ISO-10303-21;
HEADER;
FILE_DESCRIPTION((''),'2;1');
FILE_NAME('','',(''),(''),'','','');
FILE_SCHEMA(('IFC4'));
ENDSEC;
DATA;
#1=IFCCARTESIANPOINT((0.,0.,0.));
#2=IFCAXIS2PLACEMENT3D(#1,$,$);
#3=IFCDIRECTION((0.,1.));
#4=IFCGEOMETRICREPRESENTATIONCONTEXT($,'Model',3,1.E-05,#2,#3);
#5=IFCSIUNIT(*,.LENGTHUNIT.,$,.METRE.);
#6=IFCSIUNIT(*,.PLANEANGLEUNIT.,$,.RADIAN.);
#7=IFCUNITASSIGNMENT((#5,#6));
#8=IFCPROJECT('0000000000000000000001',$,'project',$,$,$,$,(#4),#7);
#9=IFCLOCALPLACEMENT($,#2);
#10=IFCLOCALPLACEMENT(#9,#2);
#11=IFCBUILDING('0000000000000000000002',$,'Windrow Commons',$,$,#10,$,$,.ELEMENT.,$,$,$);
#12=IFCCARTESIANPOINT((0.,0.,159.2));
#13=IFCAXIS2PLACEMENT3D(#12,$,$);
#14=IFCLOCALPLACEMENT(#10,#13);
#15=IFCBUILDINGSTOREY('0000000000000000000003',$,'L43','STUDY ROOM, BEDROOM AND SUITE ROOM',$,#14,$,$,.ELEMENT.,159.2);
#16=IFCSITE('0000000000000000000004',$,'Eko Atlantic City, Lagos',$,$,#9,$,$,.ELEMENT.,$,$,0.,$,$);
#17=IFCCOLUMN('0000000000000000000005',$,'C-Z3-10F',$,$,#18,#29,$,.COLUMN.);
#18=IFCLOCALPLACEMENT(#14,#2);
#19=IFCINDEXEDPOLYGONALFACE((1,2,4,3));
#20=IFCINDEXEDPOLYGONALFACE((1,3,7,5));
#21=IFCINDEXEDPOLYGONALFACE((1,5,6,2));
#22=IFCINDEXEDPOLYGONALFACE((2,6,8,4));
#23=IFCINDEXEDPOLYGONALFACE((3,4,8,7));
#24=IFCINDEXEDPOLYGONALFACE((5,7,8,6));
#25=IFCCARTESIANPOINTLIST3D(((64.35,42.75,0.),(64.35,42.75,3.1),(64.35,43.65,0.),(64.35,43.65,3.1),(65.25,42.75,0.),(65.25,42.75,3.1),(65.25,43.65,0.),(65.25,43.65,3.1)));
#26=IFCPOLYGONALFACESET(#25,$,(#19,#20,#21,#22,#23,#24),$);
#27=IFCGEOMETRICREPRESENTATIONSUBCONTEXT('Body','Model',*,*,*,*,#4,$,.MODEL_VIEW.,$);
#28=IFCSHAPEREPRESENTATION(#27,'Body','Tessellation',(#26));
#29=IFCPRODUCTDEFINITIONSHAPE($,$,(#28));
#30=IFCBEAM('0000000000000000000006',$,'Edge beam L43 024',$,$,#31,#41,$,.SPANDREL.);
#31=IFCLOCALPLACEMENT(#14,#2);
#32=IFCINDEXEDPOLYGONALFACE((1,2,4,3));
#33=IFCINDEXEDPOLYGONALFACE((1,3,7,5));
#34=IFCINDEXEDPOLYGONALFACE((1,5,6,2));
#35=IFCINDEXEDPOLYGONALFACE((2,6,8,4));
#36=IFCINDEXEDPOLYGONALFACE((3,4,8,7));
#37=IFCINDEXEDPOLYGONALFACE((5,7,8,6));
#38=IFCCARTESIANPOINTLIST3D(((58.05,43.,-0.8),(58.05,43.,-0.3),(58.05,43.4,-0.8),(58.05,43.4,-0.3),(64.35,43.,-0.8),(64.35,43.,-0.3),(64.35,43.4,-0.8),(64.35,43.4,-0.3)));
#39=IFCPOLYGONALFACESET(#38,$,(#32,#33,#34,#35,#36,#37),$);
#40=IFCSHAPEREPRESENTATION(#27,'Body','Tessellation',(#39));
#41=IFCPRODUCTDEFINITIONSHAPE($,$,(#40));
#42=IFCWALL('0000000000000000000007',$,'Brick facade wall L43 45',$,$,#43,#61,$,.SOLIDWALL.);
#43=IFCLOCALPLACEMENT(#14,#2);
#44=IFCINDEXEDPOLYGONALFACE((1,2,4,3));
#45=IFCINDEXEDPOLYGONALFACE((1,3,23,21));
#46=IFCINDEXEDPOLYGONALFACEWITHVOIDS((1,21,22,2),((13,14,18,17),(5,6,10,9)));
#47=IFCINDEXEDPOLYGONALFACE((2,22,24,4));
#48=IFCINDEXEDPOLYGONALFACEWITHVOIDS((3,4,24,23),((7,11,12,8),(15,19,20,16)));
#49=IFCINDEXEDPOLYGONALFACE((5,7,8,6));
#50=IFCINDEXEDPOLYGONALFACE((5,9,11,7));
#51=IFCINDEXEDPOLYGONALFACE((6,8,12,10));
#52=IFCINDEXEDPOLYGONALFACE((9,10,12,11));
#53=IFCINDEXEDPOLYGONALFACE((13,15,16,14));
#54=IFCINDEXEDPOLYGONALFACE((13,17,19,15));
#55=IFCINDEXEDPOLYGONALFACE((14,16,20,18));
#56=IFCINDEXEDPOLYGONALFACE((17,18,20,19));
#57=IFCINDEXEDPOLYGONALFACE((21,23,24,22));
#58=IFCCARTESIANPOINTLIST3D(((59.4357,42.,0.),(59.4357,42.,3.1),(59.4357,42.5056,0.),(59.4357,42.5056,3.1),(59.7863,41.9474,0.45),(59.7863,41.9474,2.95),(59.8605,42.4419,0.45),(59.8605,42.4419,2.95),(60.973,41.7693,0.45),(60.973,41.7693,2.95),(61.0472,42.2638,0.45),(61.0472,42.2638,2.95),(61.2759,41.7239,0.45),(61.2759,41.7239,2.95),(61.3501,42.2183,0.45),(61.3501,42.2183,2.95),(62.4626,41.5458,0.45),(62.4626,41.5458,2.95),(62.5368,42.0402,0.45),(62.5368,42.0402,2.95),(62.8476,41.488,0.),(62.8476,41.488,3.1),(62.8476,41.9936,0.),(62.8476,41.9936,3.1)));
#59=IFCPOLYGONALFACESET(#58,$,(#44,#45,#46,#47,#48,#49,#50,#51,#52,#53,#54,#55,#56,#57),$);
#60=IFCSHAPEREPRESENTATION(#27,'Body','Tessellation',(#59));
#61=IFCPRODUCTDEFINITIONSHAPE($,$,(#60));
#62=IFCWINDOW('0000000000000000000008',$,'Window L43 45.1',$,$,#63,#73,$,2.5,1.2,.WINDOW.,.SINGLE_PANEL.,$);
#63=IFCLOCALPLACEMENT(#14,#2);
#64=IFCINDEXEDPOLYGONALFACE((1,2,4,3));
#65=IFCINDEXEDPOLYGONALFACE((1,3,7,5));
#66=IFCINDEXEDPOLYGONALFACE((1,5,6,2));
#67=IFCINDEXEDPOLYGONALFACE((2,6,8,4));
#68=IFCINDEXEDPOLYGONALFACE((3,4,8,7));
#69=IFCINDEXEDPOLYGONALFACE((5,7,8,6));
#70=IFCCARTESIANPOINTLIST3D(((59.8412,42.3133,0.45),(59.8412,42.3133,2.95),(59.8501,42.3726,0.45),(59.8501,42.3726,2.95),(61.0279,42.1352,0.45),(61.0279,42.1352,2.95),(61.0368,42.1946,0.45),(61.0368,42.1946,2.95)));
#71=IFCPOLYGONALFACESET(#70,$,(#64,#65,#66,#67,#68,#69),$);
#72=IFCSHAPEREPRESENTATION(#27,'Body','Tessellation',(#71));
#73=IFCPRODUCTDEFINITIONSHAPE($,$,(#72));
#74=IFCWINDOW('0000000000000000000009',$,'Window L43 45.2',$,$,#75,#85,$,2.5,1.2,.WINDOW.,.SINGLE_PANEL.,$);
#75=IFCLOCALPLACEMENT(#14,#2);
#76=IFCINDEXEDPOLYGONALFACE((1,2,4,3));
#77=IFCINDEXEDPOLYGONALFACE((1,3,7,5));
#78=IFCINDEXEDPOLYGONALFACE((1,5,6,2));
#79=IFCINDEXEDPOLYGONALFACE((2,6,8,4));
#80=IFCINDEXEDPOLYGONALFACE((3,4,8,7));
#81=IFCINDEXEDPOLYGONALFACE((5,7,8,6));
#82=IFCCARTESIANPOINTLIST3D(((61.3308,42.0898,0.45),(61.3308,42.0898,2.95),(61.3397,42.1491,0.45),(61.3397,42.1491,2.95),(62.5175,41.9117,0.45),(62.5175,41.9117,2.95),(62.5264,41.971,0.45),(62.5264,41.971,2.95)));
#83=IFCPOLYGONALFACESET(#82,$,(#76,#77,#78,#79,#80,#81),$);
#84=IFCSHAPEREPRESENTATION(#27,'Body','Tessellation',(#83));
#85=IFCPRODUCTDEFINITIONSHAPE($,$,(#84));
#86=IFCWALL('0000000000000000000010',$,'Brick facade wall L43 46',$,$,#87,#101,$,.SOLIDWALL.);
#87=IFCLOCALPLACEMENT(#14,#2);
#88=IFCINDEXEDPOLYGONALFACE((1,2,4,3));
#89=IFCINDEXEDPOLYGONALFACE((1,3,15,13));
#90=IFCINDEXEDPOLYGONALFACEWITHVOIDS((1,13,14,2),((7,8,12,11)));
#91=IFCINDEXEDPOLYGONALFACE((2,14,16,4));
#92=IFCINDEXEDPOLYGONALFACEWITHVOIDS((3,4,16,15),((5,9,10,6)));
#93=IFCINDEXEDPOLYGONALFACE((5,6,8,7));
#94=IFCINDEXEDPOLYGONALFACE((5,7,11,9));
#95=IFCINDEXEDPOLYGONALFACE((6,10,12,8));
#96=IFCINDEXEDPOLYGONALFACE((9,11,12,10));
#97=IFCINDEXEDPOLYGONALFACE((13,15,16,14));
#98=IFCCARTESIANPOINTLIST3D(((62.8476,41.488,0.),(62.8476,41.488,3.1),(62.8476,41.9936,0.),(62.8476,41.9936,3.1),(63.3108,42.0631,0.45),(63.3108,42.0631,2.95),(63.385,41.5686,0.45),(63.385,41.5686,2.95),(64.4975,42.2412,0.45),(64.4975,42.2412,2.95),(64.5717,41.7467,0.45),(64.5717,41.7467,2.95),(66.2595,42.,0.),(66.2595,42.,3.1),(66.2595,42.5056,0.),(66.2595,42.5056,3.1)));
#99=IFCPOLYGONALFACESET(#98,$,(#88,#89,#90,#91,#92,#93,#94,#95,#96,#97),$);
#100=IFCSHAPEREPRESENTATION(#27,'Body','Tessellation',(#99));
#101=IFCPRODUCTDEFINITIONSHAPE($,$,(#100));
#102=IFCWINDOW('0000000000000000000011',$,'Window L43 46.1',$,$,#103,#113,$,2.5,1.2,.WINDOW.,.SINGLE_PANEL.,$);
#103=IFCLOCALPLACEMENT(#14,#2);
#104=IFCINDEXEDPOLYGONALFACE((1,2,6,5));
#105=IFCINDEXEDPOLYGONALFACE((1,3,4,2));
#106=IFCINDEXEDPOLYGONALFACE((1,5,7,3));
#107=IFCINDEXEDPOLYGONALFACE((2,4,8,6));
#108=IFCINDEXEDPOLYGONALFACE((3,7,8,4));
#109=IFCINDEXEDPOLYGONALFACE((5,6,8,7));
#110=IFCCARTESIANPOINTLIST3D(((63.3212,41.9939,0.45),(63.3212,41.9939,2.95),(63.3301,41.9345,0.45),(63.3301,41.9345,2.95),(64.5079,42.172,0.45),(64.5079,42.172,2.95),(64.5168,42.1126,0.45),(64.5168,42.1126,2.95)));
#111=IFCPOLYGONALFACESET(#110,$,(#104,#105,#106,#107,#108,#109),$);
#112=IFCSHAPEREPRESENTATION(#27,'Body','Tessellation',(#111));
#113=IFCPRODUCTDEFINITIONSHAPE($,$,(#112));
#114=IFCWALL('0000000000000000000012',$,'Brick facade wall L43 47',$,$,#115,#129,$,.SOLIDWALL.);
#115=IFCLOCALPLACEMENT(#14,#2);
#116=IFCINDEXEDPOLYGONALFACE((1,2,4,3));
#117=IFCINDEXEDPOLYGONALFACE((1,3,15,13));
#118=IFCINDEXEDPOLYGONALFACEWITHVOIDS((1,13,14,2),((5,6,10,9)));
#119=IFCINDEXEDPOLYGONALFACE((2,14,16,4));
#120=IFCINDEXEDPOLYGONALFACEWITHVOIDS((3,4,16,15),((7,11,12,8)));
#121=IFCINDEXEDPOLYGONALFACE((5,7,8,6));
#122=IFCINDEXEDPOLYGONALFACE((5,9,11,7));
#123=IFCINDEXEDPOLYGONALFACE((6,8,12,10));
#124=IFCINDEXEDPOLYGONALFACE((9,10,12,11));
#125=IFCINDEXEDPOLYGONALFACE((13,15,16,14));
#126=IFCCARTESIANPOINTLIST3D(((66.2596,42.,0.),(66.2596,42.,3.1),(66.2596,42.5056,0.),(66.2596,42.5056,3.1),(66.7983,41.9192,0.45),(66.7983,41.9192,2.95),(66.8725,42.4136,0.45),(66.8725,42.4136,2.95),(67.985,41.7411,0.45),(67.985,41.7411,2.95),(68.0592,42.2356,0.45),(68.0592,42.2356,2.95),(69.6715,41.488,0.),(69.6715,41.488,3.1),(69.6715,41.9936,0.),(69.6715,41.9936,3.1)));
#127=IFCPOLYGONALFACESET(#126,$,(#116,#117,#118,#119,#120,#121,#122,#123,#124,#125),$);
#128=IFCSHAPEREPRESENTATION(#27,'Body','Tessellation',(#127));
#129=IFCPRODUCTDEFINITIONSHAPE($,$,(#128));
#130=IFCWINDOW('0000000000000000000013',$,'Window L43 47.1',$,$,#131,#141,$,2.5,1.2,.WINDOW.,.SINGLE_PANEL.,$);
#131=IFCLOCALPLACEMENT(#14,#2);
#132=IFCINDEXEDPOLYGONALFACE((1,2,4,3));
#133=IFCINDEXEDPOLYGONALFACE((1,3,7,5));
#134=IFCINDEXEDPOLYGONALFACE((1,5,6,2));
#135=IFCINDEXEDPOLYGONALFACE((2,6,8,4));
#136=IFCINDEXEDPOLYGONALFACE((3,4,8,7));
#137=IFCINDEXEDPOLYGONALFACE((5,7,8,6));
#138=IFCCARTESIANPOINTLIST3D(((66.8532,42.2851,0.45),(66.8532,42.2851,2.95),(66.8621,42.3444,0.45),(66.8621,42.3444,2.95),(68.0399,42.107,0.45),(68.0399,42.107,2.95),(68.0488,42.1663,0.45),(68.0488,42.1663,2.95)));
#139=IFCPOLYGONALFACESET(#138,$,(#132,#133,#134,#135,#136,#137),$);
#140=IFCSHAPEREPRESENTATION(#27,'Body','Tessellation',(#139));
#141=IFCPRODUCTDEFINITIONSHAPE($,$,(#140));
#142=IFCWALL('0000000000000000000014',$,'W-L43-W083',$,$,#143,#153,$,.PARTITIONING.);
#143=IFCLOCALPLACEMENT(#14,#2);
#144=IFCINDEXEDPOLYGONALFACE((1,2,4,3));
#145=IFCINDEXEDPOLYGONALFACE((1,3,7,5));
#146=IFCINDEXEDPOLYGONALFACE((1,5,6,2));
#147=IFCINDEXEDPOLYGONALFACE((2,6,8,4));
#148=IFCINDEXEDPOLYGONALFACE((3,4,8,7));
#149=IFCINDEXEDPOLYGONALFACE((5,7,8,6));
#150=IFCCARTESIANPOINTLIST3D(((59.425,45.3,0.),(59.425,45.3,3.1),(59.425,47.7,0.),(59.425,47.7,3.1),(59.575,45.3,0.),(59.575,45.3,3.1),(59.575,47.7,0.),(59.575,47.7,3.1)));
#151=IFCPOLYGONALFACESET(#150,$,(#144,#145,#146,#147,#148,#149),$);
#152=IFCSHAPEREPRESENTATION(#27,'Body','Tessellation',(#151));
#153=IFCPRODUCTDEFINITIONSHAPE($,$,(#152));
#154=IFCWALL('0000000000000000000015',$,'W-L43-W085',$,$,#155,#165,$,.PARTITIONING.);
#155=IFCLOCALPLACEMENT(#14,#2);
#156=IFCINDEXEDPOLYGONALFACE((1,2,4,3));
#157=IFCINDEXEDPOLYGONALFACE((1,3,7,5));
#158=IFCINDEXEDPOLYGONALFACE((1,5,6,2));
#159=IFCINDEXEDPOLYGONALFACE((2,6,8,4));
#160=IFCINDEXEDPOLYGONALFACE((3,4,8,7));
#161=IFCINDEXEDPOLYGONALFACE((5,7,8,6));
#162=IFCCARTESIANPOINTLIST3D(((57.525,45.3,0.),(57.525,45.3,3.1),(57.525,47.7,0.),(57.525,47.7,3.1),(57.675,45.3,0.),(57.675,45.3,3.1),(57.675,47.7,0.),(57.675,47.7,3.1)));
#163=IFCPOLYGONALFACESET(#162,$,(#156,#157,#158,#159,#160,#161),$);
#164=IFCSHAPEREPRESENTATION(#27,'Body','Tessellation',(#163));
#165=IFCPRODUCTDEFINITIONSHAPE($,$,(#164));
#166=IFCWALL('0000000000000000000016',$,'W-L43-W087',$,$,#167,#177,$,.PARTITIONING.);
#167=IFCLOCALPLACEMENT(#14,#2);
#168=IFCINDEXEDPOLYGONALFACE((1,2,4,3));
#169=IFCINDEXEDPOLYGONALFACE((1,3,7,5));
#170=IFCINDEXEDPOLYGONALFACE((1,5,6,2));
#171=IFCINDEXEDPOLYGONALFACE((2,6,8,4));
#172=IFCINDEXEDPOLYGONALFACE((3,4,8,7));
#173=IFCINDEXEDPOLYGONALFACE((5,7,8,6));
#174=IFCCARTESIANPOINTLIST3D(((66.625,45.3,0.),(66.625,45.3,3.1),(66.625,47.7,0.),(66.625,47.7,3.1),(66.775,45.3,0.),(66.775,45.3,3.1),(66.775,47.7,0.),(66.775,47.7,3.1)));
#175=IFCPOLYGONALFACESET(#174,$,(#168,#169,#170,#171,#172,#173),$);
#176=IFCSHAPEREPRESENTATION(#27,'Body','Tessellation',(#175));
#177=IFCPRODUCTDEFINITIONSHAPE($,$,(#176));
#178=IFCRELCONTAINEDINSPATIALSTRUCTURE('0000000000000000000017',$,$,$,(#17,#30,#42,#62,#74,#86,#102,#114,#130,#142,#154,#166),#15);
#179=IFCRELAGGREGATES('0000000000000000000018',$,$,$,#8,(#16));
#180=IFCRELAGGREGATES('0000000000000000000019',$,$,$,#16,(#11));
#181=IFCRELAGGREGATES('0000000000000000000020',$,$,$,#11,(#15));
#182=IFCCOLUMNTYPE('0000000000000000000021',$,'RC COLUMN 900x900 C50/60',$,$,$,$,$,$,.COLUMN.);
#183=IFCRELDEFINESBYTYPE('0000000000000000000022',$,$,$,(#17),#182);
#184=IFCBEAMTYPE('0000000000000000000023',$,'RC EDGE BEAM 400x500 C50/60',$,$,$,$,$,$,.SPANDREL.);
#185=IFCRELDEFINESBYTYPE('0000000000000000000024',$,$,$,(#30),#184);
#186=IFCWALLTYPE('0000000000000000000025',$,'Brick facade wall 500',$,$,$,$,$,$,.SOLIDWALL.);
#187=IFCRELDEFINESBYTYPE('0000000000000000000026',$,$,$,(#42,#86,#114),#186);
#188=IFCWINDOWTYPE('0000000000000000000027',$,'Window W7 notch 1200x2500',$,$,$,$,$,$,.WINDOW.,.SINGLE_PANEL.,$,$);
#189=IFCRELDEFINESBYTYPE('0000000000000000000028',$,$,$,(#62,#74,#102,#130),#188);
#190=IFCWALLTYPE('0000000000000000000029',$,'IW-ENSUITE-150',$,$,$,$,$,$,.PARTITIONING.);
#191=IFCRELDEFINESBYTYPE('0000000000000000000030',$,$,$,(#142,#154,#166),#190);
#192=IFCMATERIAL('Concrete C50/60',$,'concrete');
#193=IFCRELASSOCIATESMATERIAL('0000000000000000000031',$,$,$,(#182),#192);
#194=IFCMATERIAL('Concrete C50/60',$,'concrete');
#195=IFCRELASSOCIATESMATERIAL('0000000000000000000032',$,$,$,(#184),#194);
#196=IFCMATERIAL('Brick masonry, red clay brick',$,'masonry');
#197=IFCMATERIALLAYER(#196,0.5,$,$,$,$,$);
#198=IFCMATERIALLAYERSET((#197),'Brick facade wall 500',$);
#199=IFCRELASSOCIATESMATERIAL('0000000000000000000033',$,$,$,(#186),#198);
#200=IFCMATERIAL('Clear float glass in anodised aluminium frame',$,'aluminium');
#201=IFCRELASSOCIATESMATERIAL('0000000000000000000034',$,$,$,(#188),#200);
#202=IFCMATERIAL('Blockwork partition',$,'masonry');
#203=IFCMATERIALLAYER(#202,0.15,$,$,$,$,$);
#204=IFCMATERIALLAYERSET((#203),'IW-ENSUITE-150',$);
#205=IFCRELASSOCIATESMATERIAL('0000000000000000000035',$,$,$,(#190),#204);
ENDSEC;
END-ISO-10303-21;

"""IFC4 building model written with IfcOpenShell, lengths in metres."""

from ifc_helpers import new_model, si_unit, direction, frame, frame_2d, origin, origin_2d, place, context, subcontext, project, spatial, polyline, rectangle, outline, extrude, material, layer, layer_set, material_profile, profile_set, type_object, element, fill, save


model = new_model("IFC4")

# Units and contexts
model_context = context("Model", 3, precision=1e-05, world=origin(), true_north=direction((0.0, 1.0)))
body_context = subcontext(model_context, "Body", "Model", "MODEL_VIEW")
ifc_project = project(units=[si_unit("LENGTHUNIT", "METRE"), si_unit("PLANEANGLEUNIT", "RADIAN")], contexts=[model_context])

# Site, building, storey
site_placement = place(None, origin())
site = spatial("IfcSite", under=ifc_project, at=site_placement, Name="Eko Atlantic City, Lagos", CompositionType="ELEMENT", RefElevation=0.0)
building_placement = place(site_placement, origin())
building = spatial("IfcBuilding", under=site, at=building_placement, Name="Windrow Commons", CompositionType="ELEMENT")
storey_placement = place(building_placement, frame((0.0, 0.0, 159.2)))
storey = spatial("IfcBuildingStorey", under=building, at=storey_placement, Name="L43", Description="STUDY ROOM, BEDROOM AND SUITE ROOM", CompositionType="ELEMENT", Elevation=159.2)

# Column
ifc_material_1 = material(Name="Concrete C50/60", Category="concrete")
ifc_material_profile_1 = material_profile(ifc_material_1, rectangle(XDim=0.9, YDim=0.9, at=origin_2d()))
ifc_profile_set_1 = profile_set([ifc_material_profile_1], Name="Concrete C50/60")
column_type = type_object("IfcColumnType", Name="RC COLUMN 900x900 C50/60", PredefinedType="COLUMN", material=ifc_profile_set_1)
column_placement = place(storey_placement, frame((64.8, 43.2, 0.0), z_axis=(0.0, 0.0, 1.0), x_axis=(1.0, 0.0, 0.0)))
element("IfcColumn", 1, at=column_placement, inside=storey, type_object=column_type, Name="C-Z3-10F", PredefinedType="COLUMN", context=body_context, shape_type="SweptSolid", body=[
    extrude(rectangle(XDim=0.9, YDim=0.9, at=origin_2d()), origin(), (0.0, 0.0, 1.0), 3.1),
])

# Beam
ifc_material_2 = material(Name="Concrete C50/60", Category="concrete")
ifc_material_profile_2 = material_profile(ifc_material_2, rectangle(XDim=0.4, YDim=0.5, at=origin_2d()))
ifc_profile_set_2 = profile_set([ifc_material_profile_2], Name="Concrete C50/60")
beam_type = type_object("IfcBeamType", Name="RC EDGE BEAM 400x500 C50/60", PredefinedType="SPANDREL", material=ifc_profile_set_2)
beam_placement = place(storey_placement, frame((64.35, 43.2, -0.55), z_axis=(-1.0, 0.0, 0.0), x_axis=(0.0, -1.0, 0.0)))
element("IfcBeam", 2, at=beam_placement, inside=storey, type_object=beam_type, Name="Edge beam L43 024", PredefinedType="SPANDREL", context=body_context, shape_type="SweptSolid", body=[
    extrude(rectangle(XDim=0.4, YDim=0.5, at=origin_2d()), origin(), (0.0, 0.0, 1.0), 6.3),
])

# Wall, openings, windows
ifc_material_3 = material(Name="Brick masonry, red clay brick", Category="masonry")
ifc_layer_1 = layer(ifc_material_3, 0.5)
ifc_layer_set_1 = layer_set([ifc_layer_1], Name="Brick facade wall 500")
wall_type_1 = type_object("IfcWallType", Name="Brick facade wall 500", PredefinedType="SOLIDWALL", material=ifc_layer_set_1)
wall_1_placement = place(storey_placement, frame((59.4357, 42.2528, 0.0), z_axis=(0.0, 0.0, 1.0), x_axis=(0.988927, -0.148401, 0.0)))
wall_1 = element("IfcWall", 3, at=wall_1_placement, inside=storey, type_object=wall_type_1, Name="Brick facade wall L43 45", PredefinedType="SOLIDWALL", context=body_context, shape_type="SweptSolid", body=[
    extrude(outline(polyline([(0.0375, -0.25), (3.4876, -0.25), (3.4126, 0.25), (-0.0375, 0.25), (0.0375, -0.25)])), origin(), (0.0, 0.0, 1.0), 3.1),
])
opening_1_placement = place(wall_1_placement, frame((0.392, 0.0, 0.45)))
opening_1 = element("IfcOpeningElement", 4, at=opening_1_placement, cuts=wall_1, PredefinedType="OPENING", context=body_context, shape_type="SweptSolid", body=[
    extrude(rectangle(XDim=1.2, YDim=2.5, at=frame_2d((0.6, 1.25))), frame((0.0, 0.26, 0.0), z_axis=(0.0, -1.0, 0.0), x_axis=(1.0, 0.0, 0.0)), (0.0, 0.0, 1.0), 0.52),
])
opening_2_placement = place(wall_1_placement, frame((1.8983, 0.0, 0.45)))
opening_2 = element("IfcOpeningElement", 5, at=opening_2_placement, cuts=wall_1, PredefinedType="OPENING", context=body_context, shape_type="SweptSolid", body=[
    extrude(rectangle(XDim=1.2, YDim=2.5, at=frame_2d((0.6, 1.25))), frame((0.0, 0.26, 0.0), z_axis=(0.0, -1.0, 0.0), x_axis=(1.0, 0.0, 0.0)), (0.0, 0.0, 1.0), 0.52),
])
ifc_material_4 = material(Name="Clear float glass in anodised aluminium frame", Category="aluminium")
window_type = type_object("IfcWindowType", Name="Window W7 notch 1200x2500", PartitioningType="SINGLE_PANEL", PredefinedType="WINDOW", material=ifc_material_4)
window_1_placement = place(opening_1_placement, origin())
window_1 = element("IfcWindow", 6, at=window_1_placement, inside=storey, type_object=window_type, Name="Window L43 45.1", OverallHeight=2.5, OverallWidth=1.2, PartitioningType="SINGLE_PANEL", PredefinedType="WINDOW", context=body_context, shape_type="SweptSolid", body=[
    extrude(rectangle(XDim=1.2, YDim=2.5, at=frame_2d((0.6, 1.25))), frame((0.0, 0.18, 0.0), z_axis=(0.0, -1.0, 0.0), x_axis=(1.0, 0.0, 0.0)), (0.0, 0.0, 1.0), 0.06),
])
fill(opening_1, window_1)
window_2_placement = place(opening_2_placement, origin())
window_2 = element("IfcWindow", 7, at=window_2_placement, inside=storey, type_object=window_type, Name="Window L43 45.2", OverallHeight=2.5, OverallWidth=1.2, PartitioningType="SINGLE_PANEL", PredefinedType="WINDOW", context=body_context, shape_type="SweptSolid", body=[
    extrude(rectangle(XDim=1.2, YDim=2.5, at=frame_2d((0.6, 1.25))), frame((0.0, 0.18, 0.0), z_axis=(0.0, -1.0, 0.0), x_axis=(1.0, 0.0, 0.0)), (0.0, 0.0, 1.0), 0.06),
])
fill(opening_2, window_2)

# Walls, openings, windows
wall_2_placement = place(storey_placement, frame((62.8476, 41.7408, 0.0), z_axis=(0.0, 0.0, 1.0), x_axis=(0.988928, 0.148397, 0.0)))
wall_2 = element("IfcWall", 8, at=wall_2_placement, inside=storey, type_object=wall_type_1, Name="Brick facade wall L43 46", PredefinedType="SOLIDWALL", context=body_context, shape_type="SweptSolid", body=[
    extrude(outline(polyline([(-0.0375, -0.25), (3.4126, -0.25), (3.4876, 0.25), (0.0375, 0.25), (-0.0375, -0.25)])), origin(), (0.0, 0.0, 1.0), 3.1),
])
opening_3_placement = place(wall_2_placement, frame((0.5059, 0.0, 0.45)))
opening_3 = element("IfcOpeningElement", 9, at=opening_3_placement, cuts=wall_2, PredefinedType="OPENING", context=body_context, shape_type="SweptSolid", body=[
    extrude(rectangle(XDim=1.2, YDim=2.5, at=frame_2d((0.6, 1.25))), frame((0.0, 0.26, 0.0), z_axis=(0.0, -1.0, 0.0), x_axis=(1.0, 0.0, 0.0)), (0.0, 0.0, 1.0), 0.52),
])
window_3_placement = place(opening_3_placement, origin())
window_3 = element("IfcWindow", 10, at=window_3_placement, inside=storey, type_object=window_type, Name="Window L43 46.1", OverallHeight=2.5, OverallWidth=1.2, PartitioningType="SINGLE_PANEL", PredefinedType="WINDOW", context=body_context, shape_type="SweptSolid", body=[
    extrude(rectangle(XDim=1.2, YDim=2.5, at=frame_2d((0.6, 1.25))), frame((0.0, 0.18, 0.0), z_axis=(0.0, -1.0, 0.0), x_axis=(1.0, 0.0, 0.0)), (0.0, 0.0, 1.0), 0.06),
])
fill(opening_3, window_3)
wall_3_placement = place(storey_placement, frame((66.2596, 42.2528, 0.0), z_axis=(0.0, 0.0, 1.0), x_axis=(0.988927, -0.148401, 0.0)))
wall_3 = element("IfcWall", 11, at=wall_3_placement, inside=storey, type_object=wall_type_1, Name="Brick facade wall L43 47", PredefinedType="SOLIDWALL", context=body_context, shape_type="SweptSolid", body=[
    extrude(outline(polyline([(0.0375, -0.25), (3.4876, -0.25), (3.4126, 0.25), (-0.0375, 0.25), (0.0375, -0.25)])), origin(), (0.0, 0.0, 1.0), 3.1),
])
opening_4_placement = place(wall_3_placement, frame((0.5822, 0.0, 0.45)))
opening_4 = element("IfcOpeningElement", 12, at=opening_4_placement, cuts=wall_3, PredefinedType="OPENING", context=body_context, shape_type="SweptSolid", body=[
    extrude(rectangle(XDim=1.2, YDim=2.5, at=frame_2d((0.6, 1.25))), frame((0.0, 0.26, 0.0), z_axis=(0.0, -1.0, 0.0), x_axis=(1.0, 0.0, 0.0)), (0.0, 0.0, 1.0), 0.52),
])
window_4_placement = place(opening_4_placement, origin())
window_4 = element("IfcWindow", 13, at=window_4_placement, inside=storey, type_object=window_type, Name="Window L43 47.1", OverallHeight=2.5, OverallWidth=1.2, PartitioningType="SINGLE_PANEL", PredefinedType="WINDOW", context=body_context, shape_type="SweptSolid", body=[
    extrude(rectangle(XDim=1.2, YDim=2.5, at=frame_2d((0.6, 1.25))), frame((0.0, 0.18, 0.0), z_axis=(0.0, -1.0, 0.0), x_axis=(1.0, 0.0, 0.0)), (0.0, 0.0, 1.0), 0.06),
])
fill(opening_4, window_4)

# Walls
ifc_material_5 = material(Name="Blockwork partition", Category="masonry")
ifc_layer_2 = layer(ifc_material_5, 0.15)
ifc_layer_set_2 = layer_set([ifc_layer_2], Name="IW-ENSUITE-150")
wall_type_2 = type_object("IfcWallType", Name="IW-ENSUITE-150", PredefinedType="PARTITIONING", material=ifc_layer_set_2)
for number, where, z_axis, x_axis, name in (
    (14, (59.5, 45.3, 0.0), (0.0, 0.0, 1.0), (0.0, 1.0, 0.0), "W-L43-W083"),
    (15, (57.6, 45.3, 0.0), (0.0, 0.0, 1.0), (0.0, 1.0, 0.0), "W-L43-W085"),
    (16, (66.7, 45.3, 0.0), (0.0, 0.0, 1.0), (0.0, 1.0, 0.0), "W-L43-W087"),
):
    element("IfcWall", number, at=place(storey_placement, frame(where, z_axis=z_axis, x_axis=x_axis)), inside=storey, type_object=wall_type_2, Name=name, PredefinedType="PARTITIONING", context=body_context, shape_type="SweptSolid", body=[
        extrude(rectangle(XDim=2.4, YDim=0.15, at=frame_2d((1.2, 0.0))), origin(), (0.0, 0.0, 1.0), 3.1),
    ])

save(model, "model.ifc")
